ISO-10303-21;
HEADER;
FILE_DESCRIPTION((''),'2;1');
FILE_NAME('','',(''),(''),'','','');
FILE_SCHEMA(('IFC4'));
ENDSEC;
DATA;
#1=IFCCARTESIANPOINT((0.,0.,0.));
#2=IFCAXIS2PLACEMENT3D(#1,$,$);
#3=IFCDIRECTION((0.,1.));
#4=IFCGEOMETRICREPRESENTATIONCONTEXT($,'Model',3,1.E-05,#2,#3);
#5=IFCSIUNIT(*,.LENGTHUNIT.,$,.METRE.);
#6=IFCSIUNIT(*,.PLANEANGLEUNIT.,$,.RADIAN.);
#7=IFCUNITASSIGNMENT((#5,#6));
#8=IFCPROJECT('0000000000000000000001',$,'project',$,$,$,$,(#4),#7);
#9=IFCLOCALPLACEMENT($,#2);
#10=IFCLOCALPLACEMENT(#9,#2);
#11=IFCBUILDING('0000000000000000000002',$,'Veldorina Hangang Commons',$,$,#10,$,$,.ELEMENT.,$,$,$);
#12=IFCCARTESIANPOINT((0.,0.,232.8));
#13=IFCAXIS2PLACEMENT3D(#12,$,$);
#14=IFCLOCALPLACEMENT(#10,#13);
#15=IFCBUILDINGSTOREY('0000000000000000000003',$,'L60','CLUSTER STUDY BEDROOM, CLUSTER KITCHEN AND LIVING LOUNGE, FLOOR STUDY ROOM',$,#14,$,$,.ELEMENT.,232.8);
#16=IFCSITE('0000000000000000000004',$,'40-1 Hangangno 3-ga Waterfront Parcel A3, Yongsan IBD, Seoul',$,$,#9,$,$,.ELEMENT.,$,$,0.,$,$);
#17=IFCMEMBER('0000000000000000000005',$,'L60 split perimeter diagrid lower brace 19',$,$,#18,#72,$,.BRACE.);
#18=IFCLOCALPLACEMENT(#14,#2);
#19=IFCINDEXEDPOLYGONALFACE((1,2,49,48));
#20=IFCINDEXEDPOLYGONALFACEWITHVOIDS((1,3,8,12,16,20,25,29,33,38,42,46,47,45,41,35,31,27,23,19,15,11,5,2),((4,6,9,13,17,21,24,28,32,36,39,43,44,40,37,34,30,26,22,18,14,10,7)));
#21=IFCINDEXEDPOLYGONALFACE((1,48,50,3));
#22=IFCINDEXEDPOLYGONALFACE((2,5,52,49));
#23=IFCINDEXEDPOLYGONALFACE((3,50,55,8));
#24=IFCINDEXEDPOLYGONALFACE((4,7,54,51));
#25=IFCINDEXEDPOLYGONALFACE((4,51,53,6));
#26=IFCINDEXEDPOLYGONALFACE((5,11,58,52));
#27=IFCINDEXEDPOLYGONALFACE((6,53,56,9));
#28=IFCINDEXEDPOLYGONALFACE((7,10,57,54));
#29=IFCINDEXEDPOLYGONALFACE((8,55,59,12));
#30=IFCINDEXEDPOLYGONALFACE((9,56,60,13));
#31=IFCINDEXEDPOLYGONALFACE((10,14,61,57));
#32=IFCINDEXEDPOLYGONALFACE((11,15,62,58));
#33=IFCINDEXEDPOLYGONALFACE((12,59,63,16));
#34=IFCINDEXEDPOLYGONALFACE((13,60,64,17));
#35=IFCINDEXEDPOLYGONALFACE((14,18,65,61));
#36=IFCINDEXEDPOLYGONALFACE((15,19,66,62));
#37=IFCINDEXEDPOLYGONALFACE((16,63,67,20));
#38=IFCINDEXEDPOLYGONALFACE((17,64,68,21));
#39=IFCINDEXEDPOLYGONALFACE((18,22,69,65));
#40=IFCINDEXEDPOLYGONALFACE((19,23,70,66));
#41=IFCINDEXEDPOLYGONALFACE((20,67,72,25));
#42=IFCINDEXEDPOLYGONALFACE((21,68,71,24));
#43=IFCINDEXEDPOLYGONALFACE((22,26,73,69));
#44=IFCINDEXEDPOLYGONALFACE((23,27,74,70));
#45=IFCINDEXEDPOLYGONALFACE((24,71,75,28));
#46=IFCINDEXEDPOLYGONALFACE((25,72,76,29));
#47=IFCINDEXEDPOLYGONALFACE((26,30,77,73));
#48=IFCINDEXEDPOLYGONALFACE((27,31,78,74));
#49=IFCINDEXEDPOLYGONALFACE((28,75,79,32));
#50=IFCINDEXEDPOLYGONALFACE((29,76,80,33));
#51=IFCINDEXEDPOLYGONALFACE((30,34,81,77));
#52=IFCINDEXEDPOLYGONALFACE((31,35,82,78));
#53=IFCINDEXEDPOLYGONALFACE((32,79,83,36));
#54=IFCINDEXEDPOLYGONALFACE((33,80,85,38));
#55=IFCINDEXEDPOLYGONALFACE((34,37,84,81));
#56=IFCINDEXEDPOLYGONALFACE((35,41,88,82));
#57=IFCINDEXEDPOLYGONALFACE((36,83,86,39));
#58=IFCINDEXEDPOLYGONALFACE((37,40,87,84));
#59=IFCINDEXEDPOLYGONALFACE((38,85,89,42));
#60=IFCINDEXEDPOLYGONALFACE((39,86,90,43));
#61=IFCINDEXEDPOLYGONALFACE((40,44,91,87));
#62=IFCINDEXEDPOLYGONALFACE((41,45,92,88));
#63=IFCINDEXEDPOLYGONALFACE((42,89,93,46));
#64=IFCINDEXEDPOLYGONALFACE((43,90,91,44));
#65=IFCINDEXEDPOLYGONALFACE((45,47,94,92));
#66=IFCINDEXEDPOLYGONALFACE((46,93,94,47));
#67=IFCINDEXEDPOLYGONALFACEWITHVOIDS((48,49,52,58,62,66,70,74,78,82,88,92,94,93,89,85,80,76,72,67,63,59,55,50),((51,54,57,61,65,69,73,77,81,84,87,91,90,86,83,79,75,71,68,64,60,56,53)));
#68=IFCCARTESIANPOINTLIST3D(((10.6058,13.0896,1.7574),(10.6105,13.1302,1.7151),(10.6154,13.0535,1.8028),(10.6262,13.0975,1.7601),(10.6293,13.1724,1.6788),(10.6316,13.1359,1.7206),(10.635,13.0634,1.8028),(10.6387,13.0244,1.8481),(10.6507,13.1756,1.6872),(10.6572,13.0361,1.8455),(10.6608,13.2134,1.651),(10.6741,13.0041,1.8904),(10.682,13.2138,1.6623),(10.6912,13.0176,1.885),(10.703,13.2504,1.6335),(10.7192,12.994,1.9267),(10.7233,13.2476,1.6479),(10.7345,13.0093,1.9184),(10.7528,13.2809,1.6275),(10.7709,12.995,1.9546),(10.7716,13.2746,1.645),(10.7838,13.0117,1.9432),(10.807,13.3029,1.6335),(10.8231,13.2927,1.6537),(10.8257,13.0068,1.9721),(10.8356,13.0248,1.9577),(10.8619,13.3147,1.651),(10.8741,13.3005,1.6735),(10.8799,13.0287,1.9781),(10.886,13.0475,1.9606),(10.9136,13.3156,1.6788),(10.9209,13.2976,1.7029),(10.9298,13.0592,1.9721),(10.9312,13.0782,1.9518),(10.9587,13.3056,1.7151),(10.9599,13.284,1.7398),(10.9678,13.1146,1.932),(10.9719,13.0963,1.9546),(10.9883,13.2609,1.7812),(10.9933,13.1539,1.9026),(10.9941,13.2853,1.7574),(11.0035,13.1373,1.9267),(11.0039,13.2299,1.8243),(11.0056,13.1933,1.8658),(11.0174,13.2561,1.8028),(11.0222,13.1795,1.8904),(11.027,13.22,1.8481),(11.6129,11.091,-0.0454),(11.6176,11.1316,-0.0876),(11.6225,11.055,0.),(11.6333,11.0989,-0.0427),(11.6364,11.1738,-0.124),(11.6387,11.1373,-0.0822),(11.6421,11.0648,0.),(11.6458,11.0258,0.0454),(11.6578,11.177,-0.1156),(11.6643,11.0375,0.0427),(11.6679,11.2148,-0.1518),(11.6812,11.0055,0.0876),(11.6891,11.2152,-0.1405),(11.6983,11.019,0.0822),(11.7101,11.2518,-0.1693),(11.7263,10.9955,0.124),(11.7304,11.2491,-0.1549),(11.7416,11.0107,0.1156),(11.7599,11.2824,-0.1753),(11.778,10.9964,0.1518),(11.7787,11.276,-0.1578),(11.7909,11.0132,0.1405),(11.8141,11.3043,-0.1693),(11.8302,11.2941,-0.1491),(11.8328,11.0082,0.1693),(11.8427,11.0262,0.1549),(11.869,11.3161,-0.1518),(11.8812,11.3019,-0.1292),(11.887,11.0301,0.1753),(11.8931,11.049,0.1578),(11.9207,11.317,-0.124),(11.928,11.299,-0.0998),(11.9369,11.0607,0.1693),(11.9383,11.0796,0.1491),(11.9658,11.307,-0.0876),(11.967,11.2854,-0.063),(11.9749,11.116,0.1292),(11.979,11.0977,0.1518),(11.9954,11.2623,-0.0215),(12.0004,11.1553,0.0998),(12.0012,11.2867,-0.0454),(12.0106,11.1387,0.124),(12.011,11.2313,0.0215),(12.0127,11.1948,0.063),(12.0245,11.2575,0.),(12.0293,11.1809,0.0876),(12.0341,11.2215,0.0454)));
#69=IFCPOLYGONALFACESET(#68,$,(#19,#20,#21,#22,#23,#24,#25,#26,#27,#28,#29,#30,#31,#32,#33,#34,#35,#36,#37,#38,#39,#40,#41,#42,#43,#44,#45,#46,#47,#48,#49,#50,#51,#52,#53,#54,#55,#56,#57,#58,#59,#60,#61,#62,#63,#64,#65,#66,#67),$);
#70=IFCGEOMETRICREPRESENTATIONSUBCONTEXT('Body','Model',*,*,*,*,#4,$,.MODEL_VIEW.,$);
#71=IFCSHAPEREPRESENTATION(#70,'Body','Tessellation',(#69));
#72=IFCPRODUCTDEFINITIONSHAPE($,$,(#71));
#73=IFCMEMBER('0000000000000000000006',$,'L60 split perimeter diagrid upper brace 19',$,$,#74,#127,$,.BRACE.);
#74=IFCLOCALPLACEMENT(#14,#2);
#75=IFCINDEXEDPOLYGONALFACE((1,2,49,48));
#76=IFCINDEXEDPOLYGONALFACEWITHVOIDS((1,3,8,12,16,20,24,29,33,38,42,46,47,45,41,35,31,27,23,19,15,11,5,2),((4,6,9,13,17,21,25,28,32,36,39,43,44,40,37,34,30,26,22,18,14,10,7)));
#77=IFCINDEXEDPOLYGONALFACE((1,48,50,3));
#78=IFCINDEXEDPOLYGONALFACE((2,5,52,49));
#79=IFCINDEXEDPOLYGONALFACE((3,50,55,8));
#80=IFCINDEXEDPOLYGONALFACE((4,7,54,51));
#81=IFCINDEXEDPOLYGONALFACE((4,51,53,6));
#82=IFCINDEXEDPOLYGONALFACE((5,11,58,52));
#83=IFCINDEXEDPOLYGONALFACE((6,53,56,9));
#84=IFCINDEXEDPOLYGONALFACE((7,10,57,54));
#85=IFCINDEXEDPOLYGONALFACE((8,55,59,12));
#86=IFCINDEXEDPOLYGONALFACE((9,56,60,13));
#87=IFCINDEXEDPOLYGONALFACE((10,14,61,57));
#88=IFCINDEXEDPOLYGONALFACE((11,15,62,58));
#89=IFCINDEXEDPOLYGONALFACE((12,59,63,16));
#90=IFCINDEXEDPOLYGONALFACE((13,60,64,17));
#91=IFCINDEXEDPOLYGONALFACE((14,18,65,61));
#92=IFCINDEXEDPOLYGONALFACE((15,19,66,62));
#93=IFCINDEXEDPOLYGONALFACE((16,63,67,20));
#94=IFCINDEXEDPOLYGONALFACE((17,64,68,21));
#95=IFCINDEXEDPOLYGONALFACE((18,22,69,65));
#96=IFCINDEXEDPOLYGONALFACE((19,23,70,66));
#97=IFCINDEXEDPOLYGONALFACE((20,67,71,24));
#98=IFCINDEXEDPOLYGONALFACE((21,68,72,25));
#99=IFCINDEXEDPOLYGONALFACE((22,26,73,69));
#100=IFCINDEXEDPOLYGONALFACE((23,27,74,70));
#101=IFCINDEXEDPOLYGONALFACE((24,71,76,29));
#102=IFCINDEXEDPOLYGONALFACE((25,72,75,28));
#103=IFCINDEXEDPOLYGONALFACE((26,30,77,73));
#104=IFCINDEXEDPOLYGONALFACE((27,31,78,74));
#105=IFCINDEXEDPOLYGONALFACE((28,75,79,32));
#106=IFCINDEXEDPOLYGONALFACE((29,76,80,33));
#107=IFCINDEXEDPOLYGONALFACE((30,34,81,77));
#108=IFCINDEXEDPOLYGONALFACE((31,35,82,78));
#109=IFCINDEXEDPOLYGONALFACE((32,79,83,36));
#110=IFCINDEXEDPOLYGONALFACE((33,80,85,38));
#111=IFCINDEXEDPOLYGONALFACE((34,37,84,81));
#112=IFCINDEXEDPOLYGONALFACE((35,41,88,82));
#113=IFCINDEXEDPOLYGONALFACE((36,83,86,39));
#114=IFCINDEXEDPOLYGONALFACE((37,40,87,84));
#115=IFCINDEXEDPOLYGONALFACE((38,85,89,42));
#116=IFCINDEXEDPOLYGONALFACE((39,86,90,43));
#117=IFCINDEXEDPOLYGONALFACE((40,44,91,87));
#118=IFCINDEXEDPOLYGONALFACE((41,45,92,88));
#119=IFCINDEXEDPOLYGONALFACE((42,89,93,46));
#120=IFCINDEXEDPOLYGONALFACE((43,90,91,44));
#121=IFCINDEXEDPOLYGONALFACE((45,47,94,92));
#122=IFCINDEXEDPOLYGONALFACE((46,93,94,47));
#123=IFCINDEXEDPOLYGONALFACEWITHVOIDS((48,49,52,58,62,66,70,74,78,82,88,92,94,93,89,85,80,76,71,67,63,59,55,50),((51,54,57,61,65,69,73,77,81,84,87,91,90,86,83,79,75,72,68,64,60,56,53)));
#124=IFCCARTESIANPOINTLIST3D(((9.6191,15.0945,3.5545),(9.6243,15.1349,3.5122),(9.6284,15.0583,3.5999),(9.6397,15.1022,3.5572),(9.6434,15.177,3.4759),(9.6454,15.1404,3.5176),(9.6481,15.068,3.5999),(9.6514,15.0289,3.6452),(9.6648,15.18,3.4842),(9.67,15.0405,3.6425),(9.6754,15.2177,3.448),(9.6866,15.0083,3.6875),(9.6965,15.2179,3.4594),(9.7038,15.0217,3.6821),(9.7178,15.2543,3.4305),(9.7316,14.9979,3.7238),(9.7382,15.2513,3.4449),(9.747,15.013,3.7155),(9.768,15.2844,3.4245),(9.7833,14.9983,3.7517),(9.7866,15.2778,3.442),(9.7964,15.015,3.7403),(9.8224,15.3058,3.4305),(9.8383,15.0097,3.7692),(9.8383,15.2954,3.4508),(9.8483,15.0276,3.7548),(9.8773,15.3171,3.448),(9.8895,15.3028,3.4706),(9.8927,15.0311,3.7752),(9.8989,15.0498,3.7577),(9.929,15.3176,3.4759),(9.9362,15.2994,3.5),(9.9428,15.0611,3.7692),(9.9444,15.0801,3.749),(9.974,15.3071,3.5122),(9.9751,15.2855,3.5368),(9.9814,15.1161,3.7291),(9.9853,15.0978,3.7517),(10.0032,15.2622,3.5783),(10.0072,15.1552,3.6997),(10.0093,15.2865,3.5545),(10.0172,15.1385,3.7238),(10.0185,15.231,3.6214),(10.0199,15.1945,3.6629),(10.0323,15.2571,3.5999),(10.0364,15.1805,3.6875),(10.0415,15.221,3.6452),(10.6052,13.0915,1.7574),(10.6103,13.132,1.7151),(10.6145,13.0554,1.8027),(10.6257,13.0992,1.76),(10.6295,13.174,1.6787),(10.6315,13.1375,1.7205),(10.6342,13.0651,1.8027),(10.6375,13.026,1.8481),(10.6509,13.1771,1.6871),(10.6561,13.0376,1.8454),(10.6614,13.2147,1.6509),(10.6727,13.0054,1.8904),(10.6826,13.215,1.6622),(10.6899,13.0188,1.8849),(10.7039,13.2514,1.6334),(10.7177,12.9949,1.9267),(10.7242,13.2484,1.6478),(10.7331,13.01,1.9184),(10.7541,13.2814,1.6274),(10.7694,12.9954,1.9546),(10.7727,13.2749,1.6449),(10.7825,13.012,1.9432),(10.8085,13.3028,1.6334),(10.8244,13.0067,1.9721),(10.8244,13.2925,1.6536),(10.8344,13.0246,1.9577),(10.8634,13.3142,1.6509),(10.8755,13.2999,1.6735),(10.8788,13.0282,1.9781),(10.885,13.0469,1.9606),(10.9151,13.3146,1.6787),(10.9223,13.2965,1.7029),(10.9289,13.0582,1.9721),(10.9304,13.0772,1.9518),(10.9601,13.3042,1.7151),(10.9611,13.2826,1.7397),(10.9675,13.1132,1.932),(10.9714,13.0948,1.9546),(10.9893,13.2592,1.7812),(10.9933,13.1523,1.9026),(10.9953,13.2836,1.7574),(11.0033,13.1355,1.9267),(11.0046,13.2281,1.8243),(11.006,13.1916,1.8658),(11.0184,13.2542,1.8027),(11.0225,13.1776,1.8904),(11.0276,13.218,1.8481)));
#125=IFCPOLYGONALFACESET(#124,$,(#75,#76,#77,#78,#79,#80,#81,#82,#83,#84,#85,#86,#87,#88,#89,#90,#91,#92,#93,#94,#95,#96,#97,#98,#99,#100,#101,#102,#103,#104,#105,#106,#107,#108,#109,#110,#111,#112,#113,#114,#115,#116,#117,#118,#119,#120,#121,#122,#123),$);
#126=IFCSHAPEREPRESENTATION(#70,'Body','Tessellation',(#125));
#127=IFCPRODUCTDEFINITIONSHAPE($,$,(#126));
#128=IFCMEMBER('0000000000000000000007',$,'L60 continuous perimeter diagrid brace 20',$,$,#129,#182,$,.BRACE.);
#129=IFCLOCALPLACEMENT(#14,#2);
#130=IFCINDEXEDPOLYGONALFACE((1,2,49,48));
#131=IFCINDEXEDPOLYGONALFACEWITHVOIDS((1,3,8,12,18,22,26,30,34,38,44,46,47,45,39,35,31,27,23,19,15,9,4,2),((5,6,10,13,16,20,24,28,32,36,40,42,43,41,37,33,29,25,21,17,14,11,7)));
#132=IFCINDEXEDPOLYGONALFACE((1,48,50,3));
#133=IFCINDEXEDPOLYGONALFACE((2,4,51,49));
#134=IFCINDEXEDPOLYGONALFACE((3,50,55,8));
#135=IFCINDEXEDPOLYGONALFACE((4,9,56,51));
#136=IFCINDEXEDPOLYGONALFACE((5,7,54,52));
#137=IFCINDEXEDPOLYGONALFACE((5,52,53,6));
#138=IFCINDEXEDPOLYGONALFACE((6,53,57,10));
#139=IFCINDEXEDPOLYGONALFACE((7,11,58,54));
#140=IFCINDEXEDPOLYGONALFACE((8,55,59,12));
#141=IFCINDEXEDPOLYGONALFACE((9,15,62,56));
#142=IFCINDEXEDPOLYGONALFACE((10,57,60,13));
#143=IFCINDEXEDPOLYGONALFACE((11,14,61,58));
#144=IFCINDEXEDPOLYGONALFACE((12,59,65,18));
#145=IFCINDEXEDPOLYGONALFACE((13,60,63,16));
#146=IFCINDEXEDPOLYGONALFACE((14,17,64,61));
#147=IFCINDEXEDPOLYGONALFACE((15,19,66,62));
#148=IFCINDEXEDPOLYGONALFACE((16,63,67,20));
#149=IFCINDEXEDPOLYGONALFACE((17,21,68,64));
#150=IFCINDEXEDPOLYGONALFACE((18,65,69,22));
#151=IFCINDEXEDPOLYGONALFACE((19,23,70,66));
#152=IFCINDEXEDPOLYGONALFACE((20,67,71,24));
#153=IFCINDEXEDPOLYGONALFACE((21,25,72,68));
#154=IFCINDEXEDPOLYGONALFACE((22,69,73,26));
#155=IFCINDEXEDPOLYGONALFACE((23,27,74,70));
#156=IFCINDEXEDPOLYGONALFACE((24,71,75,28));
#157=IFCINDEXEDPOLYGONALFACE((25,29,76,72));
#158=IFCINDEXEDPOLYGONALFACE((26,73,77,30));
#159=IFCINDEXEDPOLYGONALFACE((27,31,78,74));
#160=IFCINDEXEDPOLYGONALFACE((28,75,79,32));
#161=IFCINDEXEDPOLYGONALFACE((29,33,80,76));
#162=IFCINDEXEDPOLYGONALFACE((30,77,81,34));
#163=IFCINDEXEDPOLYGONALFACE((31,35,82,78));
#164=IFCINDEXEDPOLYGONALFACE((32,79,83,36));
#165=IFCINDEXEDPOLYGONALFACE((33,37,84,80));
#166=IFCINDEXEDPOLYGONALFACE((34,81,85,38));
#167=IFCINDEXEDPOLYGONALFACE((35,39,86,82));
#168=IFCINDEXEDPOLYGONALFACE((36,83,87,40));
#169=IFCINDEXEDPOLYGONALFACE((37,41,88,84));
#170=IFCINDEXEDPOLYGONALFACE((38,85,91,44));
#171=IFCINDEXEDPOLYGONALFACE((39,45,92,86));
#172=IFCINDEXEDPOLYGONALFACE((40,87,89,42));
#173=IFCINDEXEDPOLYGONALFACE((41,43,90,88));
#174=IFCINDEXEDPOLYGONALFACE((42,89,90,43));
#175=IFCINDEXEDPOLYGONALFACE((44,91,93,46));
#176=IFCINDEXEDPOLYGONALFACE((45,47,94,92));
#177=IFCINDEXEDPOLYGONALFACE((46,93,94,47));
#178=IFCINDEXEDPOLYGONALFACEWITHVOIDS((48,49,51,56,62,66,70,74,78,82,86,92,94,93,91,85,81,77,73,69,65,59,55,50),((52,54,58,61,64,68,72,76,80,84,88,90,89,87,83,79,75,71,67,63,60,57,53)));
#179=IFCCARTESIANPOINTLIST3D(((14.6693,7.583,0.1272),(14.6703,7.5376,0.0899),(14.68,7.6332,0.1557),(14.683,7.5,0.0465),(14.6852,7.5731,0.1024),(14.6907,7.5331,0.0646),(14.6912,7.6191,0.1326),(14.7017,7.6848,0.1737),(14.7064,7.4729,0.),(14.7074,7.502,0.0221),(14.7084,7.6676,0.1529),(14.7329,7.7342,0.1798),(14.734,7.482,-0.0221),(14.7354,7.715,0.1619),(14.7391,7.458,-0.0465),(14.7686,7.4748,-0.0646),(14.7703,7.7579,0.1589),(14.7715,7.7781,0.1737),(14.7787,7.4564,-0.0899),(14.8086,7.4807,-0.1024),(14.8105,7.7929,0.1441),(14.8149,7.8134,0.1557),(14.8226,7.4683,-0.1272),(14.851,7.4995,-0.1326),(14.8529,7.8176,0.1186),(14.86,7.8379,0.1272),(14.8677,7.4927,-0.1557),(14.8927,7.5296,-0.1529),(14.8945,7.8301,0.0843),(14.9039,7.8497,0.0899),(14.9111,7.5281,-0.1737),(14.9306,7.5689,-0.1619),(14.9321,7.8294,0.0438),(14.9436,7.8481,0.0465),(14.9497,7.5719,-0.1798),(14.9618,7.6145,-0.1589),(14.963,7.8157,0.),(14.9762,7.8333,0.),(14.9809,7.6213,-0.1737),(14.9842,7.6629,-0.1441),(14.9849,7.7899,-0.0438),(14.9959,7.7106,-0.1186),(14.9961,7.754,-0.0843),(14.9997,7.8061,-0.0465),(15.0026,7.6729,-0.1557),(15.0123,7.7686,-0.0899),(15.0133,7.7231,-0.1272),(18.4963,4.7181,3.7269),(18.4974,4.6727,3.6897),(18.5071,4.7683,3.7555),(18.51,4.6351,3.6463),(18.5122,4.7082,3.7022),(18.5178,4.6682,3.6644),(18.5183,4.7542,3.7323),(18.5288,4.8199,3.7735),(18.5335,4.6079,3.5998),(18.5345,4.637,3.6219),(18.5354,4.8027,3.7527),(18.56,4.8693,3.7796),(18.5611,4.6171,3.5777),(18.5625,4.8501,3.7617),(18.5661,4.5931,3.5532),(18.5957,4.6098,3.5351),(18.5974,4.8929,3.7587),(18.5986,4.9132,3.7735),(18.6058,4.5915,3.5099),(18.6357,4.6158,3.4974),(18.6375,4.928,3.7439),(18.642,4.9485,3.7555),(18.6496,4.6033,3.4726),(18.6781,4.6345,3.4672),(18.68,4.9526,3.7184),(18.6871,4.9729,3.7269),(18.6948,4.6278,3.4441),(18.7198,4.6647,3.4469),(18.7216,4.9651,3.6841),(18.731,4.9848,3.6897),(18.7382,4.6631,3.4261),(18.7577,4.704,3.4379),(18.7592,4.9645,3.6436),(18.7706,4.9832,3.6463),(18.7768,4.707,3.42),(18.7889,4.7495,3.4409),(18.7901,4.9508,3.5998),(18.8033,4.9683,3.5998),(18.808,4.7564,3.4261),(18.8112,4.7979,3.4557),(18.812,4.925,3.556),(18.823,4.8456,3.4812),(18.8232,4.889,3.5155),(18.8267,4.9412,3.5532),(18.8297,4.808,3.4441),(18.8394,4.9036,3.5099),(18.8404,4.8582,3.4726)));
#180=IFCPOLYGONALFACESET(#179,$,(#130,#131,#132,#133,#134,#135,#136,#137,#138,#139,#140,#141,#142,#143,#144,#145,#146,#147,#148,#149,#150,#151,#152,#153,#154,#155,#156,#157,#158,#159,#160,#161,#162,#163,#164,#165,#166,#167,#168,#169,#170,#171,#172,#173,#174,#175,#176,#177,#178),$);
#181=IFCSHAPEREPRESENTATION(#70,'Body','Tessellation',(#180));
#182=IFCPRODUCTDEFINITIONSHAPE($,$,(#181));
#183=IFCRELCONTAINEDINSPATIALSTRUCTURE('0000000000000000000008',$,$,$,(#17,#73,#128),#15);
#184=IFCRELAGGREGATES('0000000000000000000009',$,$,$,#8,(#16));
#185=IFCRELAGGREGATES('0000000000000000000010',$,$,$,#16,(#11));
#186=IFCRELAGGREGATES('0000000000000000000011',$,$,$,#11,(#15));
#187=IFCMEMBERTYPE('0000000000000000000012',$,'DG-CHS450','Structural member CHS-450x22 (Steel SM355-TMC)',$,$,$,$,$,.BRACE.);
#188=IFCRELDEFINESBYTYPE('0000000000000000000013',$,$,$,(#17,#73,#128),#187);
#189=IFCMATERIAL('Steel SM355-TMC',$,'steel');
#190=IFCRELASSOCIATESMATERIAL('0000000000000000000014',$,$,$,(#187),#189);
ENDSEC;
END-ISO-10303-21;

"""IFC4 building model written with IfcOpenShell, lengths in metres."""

from ifc_helpers import new_model, si_unit, direction, frame, origin, origin_2d, place, context, subcontext, project, spatial, hollow_circle, extrude, material, material_profile, profile_set, type_object, element, save


model = new_model("IFC4")

# Units and contexts
model_context = context("Model", 3, precision=1e-05, world=origin(), true_north=direction((0.0, 1.0)))
body_context = subcontext(model_context, "Body", "Model", "MODEL_VIEW")
ifc_project = project(units=[si_unit("LENGTHUNIT", "METRE"), si_unit("PLANEANGLEUNIT", "RADIAN")], contexts=[model_context])

# Site, building, storey
site_placement = place(None, origin())
site = spatial("IfcSite", under=ifc_project, at=site_placement, Name="40-1 Hangangno 3-ga Waterfront Parcel A3, Yongsan IBD, Seoul", CompositionType="ELEMENT", RefElevation=0.0)
building_placement = place(site_placement, origin())
building = spatial("IfcBuilding", under=site, at=building_placement, Name="Veldorina Hangang Commons", CompositionType="ELEMENT")
storey_placement = place(building_placement, frame((0.0, 0.0, 232.8)))
storey = spatial("IfcBuildingStorey", under=building, at=storey_placement, Name="L60", Description="CLUSTER STUDY BEDROOM, CLUSTER KITCHEN AND LIVING LOUNGE, FLOOR STUDY ROOM", CompositionType="ELEMENT", Elevation=232.8)

# Shared definitions
ifc_material_1 = material(Name="Steel SM355-TMC", Category="steel")

# Members
ifc_material_profile_1 = material_profile(ifc_material_1, hollow_circle(Radius=0.2251, WallThickness=0.022, at=origin_2d()), Name="CHS-450x22")
ifc_profile_set_1 = profile_set([ifc_material_profile_1], Name="Steel SM355-TMC")
member_type_1 = type_object("IfcMemberType", Name="DG-CHS450", Description="Structural member CHS-450x22 (Steel SM355-TMC)", PredefinedType="BRACE", material=ifc_profile_set_1)
member_1_placement = place(storey_placement, frame((11.8235, 11.1562, 0.0), z_axis=(-0.350446, 0.695455, 0.62732), x_axis=(-0.893026, -0.450004, 0.0)))
element("IfcMember", 1, at=member_1_placement, inside=storey, type_object=member_type_1, Name="L60 split perimeter diagrid lower brace 19", PredefinedType="BRACE", context=body_context, shape_type="SweptSolid", body=[
    extrude(hollow_circle(Radius=0.2251, WallThickness=0.022, at=origin_2d()), origin(), (0.0, 0.0, 1.0), 2.8738),
])
member_2_placement = place(storey_placement, frame((10.8164, 13.1548, 1.8027), z_axis=(-0.344068, 0.698869, 0.627057), x_axis=(-0.897166, -0.441694, 0.0)))
element("IfcMember", 2, at=member_2_placement, inside=storey, type_object=member_type_1, Name="L60 split perimeter diagrid upper brace 19", PredefinedType="BRACE", context=body_context, shape_type="SweptSolid", body=[
    extrude(hollow_circle(Radius=0.2251, WallThickness=0.022, at=origin_2d()), origin(), (0.0, 0.0, 1.0), 2.866),
])
member_3_placement = place(storey_placement, frame((14.8413, 7.6531, 0.0), z_axis=(0.639511, -0.478736, 0.60153), x_axis=(0.599281, 0.800539, 0.0)))
element("IfcMember", 3, at=member_3_placement, inside=storey, type_object=member_type_1, Name="L60 continuous perimeter diagrid brace 20", PredefinedType="BRACE", context=body_context, shape_type="SweptSolid", body=[
    extrude(hollow_circle(Radius=0.2251, WallThickness=0.022, at=origin_2d()), origin(), (0.0, 0.0, 1.0), 5.9844),
])

save(model, "model.ifc")
